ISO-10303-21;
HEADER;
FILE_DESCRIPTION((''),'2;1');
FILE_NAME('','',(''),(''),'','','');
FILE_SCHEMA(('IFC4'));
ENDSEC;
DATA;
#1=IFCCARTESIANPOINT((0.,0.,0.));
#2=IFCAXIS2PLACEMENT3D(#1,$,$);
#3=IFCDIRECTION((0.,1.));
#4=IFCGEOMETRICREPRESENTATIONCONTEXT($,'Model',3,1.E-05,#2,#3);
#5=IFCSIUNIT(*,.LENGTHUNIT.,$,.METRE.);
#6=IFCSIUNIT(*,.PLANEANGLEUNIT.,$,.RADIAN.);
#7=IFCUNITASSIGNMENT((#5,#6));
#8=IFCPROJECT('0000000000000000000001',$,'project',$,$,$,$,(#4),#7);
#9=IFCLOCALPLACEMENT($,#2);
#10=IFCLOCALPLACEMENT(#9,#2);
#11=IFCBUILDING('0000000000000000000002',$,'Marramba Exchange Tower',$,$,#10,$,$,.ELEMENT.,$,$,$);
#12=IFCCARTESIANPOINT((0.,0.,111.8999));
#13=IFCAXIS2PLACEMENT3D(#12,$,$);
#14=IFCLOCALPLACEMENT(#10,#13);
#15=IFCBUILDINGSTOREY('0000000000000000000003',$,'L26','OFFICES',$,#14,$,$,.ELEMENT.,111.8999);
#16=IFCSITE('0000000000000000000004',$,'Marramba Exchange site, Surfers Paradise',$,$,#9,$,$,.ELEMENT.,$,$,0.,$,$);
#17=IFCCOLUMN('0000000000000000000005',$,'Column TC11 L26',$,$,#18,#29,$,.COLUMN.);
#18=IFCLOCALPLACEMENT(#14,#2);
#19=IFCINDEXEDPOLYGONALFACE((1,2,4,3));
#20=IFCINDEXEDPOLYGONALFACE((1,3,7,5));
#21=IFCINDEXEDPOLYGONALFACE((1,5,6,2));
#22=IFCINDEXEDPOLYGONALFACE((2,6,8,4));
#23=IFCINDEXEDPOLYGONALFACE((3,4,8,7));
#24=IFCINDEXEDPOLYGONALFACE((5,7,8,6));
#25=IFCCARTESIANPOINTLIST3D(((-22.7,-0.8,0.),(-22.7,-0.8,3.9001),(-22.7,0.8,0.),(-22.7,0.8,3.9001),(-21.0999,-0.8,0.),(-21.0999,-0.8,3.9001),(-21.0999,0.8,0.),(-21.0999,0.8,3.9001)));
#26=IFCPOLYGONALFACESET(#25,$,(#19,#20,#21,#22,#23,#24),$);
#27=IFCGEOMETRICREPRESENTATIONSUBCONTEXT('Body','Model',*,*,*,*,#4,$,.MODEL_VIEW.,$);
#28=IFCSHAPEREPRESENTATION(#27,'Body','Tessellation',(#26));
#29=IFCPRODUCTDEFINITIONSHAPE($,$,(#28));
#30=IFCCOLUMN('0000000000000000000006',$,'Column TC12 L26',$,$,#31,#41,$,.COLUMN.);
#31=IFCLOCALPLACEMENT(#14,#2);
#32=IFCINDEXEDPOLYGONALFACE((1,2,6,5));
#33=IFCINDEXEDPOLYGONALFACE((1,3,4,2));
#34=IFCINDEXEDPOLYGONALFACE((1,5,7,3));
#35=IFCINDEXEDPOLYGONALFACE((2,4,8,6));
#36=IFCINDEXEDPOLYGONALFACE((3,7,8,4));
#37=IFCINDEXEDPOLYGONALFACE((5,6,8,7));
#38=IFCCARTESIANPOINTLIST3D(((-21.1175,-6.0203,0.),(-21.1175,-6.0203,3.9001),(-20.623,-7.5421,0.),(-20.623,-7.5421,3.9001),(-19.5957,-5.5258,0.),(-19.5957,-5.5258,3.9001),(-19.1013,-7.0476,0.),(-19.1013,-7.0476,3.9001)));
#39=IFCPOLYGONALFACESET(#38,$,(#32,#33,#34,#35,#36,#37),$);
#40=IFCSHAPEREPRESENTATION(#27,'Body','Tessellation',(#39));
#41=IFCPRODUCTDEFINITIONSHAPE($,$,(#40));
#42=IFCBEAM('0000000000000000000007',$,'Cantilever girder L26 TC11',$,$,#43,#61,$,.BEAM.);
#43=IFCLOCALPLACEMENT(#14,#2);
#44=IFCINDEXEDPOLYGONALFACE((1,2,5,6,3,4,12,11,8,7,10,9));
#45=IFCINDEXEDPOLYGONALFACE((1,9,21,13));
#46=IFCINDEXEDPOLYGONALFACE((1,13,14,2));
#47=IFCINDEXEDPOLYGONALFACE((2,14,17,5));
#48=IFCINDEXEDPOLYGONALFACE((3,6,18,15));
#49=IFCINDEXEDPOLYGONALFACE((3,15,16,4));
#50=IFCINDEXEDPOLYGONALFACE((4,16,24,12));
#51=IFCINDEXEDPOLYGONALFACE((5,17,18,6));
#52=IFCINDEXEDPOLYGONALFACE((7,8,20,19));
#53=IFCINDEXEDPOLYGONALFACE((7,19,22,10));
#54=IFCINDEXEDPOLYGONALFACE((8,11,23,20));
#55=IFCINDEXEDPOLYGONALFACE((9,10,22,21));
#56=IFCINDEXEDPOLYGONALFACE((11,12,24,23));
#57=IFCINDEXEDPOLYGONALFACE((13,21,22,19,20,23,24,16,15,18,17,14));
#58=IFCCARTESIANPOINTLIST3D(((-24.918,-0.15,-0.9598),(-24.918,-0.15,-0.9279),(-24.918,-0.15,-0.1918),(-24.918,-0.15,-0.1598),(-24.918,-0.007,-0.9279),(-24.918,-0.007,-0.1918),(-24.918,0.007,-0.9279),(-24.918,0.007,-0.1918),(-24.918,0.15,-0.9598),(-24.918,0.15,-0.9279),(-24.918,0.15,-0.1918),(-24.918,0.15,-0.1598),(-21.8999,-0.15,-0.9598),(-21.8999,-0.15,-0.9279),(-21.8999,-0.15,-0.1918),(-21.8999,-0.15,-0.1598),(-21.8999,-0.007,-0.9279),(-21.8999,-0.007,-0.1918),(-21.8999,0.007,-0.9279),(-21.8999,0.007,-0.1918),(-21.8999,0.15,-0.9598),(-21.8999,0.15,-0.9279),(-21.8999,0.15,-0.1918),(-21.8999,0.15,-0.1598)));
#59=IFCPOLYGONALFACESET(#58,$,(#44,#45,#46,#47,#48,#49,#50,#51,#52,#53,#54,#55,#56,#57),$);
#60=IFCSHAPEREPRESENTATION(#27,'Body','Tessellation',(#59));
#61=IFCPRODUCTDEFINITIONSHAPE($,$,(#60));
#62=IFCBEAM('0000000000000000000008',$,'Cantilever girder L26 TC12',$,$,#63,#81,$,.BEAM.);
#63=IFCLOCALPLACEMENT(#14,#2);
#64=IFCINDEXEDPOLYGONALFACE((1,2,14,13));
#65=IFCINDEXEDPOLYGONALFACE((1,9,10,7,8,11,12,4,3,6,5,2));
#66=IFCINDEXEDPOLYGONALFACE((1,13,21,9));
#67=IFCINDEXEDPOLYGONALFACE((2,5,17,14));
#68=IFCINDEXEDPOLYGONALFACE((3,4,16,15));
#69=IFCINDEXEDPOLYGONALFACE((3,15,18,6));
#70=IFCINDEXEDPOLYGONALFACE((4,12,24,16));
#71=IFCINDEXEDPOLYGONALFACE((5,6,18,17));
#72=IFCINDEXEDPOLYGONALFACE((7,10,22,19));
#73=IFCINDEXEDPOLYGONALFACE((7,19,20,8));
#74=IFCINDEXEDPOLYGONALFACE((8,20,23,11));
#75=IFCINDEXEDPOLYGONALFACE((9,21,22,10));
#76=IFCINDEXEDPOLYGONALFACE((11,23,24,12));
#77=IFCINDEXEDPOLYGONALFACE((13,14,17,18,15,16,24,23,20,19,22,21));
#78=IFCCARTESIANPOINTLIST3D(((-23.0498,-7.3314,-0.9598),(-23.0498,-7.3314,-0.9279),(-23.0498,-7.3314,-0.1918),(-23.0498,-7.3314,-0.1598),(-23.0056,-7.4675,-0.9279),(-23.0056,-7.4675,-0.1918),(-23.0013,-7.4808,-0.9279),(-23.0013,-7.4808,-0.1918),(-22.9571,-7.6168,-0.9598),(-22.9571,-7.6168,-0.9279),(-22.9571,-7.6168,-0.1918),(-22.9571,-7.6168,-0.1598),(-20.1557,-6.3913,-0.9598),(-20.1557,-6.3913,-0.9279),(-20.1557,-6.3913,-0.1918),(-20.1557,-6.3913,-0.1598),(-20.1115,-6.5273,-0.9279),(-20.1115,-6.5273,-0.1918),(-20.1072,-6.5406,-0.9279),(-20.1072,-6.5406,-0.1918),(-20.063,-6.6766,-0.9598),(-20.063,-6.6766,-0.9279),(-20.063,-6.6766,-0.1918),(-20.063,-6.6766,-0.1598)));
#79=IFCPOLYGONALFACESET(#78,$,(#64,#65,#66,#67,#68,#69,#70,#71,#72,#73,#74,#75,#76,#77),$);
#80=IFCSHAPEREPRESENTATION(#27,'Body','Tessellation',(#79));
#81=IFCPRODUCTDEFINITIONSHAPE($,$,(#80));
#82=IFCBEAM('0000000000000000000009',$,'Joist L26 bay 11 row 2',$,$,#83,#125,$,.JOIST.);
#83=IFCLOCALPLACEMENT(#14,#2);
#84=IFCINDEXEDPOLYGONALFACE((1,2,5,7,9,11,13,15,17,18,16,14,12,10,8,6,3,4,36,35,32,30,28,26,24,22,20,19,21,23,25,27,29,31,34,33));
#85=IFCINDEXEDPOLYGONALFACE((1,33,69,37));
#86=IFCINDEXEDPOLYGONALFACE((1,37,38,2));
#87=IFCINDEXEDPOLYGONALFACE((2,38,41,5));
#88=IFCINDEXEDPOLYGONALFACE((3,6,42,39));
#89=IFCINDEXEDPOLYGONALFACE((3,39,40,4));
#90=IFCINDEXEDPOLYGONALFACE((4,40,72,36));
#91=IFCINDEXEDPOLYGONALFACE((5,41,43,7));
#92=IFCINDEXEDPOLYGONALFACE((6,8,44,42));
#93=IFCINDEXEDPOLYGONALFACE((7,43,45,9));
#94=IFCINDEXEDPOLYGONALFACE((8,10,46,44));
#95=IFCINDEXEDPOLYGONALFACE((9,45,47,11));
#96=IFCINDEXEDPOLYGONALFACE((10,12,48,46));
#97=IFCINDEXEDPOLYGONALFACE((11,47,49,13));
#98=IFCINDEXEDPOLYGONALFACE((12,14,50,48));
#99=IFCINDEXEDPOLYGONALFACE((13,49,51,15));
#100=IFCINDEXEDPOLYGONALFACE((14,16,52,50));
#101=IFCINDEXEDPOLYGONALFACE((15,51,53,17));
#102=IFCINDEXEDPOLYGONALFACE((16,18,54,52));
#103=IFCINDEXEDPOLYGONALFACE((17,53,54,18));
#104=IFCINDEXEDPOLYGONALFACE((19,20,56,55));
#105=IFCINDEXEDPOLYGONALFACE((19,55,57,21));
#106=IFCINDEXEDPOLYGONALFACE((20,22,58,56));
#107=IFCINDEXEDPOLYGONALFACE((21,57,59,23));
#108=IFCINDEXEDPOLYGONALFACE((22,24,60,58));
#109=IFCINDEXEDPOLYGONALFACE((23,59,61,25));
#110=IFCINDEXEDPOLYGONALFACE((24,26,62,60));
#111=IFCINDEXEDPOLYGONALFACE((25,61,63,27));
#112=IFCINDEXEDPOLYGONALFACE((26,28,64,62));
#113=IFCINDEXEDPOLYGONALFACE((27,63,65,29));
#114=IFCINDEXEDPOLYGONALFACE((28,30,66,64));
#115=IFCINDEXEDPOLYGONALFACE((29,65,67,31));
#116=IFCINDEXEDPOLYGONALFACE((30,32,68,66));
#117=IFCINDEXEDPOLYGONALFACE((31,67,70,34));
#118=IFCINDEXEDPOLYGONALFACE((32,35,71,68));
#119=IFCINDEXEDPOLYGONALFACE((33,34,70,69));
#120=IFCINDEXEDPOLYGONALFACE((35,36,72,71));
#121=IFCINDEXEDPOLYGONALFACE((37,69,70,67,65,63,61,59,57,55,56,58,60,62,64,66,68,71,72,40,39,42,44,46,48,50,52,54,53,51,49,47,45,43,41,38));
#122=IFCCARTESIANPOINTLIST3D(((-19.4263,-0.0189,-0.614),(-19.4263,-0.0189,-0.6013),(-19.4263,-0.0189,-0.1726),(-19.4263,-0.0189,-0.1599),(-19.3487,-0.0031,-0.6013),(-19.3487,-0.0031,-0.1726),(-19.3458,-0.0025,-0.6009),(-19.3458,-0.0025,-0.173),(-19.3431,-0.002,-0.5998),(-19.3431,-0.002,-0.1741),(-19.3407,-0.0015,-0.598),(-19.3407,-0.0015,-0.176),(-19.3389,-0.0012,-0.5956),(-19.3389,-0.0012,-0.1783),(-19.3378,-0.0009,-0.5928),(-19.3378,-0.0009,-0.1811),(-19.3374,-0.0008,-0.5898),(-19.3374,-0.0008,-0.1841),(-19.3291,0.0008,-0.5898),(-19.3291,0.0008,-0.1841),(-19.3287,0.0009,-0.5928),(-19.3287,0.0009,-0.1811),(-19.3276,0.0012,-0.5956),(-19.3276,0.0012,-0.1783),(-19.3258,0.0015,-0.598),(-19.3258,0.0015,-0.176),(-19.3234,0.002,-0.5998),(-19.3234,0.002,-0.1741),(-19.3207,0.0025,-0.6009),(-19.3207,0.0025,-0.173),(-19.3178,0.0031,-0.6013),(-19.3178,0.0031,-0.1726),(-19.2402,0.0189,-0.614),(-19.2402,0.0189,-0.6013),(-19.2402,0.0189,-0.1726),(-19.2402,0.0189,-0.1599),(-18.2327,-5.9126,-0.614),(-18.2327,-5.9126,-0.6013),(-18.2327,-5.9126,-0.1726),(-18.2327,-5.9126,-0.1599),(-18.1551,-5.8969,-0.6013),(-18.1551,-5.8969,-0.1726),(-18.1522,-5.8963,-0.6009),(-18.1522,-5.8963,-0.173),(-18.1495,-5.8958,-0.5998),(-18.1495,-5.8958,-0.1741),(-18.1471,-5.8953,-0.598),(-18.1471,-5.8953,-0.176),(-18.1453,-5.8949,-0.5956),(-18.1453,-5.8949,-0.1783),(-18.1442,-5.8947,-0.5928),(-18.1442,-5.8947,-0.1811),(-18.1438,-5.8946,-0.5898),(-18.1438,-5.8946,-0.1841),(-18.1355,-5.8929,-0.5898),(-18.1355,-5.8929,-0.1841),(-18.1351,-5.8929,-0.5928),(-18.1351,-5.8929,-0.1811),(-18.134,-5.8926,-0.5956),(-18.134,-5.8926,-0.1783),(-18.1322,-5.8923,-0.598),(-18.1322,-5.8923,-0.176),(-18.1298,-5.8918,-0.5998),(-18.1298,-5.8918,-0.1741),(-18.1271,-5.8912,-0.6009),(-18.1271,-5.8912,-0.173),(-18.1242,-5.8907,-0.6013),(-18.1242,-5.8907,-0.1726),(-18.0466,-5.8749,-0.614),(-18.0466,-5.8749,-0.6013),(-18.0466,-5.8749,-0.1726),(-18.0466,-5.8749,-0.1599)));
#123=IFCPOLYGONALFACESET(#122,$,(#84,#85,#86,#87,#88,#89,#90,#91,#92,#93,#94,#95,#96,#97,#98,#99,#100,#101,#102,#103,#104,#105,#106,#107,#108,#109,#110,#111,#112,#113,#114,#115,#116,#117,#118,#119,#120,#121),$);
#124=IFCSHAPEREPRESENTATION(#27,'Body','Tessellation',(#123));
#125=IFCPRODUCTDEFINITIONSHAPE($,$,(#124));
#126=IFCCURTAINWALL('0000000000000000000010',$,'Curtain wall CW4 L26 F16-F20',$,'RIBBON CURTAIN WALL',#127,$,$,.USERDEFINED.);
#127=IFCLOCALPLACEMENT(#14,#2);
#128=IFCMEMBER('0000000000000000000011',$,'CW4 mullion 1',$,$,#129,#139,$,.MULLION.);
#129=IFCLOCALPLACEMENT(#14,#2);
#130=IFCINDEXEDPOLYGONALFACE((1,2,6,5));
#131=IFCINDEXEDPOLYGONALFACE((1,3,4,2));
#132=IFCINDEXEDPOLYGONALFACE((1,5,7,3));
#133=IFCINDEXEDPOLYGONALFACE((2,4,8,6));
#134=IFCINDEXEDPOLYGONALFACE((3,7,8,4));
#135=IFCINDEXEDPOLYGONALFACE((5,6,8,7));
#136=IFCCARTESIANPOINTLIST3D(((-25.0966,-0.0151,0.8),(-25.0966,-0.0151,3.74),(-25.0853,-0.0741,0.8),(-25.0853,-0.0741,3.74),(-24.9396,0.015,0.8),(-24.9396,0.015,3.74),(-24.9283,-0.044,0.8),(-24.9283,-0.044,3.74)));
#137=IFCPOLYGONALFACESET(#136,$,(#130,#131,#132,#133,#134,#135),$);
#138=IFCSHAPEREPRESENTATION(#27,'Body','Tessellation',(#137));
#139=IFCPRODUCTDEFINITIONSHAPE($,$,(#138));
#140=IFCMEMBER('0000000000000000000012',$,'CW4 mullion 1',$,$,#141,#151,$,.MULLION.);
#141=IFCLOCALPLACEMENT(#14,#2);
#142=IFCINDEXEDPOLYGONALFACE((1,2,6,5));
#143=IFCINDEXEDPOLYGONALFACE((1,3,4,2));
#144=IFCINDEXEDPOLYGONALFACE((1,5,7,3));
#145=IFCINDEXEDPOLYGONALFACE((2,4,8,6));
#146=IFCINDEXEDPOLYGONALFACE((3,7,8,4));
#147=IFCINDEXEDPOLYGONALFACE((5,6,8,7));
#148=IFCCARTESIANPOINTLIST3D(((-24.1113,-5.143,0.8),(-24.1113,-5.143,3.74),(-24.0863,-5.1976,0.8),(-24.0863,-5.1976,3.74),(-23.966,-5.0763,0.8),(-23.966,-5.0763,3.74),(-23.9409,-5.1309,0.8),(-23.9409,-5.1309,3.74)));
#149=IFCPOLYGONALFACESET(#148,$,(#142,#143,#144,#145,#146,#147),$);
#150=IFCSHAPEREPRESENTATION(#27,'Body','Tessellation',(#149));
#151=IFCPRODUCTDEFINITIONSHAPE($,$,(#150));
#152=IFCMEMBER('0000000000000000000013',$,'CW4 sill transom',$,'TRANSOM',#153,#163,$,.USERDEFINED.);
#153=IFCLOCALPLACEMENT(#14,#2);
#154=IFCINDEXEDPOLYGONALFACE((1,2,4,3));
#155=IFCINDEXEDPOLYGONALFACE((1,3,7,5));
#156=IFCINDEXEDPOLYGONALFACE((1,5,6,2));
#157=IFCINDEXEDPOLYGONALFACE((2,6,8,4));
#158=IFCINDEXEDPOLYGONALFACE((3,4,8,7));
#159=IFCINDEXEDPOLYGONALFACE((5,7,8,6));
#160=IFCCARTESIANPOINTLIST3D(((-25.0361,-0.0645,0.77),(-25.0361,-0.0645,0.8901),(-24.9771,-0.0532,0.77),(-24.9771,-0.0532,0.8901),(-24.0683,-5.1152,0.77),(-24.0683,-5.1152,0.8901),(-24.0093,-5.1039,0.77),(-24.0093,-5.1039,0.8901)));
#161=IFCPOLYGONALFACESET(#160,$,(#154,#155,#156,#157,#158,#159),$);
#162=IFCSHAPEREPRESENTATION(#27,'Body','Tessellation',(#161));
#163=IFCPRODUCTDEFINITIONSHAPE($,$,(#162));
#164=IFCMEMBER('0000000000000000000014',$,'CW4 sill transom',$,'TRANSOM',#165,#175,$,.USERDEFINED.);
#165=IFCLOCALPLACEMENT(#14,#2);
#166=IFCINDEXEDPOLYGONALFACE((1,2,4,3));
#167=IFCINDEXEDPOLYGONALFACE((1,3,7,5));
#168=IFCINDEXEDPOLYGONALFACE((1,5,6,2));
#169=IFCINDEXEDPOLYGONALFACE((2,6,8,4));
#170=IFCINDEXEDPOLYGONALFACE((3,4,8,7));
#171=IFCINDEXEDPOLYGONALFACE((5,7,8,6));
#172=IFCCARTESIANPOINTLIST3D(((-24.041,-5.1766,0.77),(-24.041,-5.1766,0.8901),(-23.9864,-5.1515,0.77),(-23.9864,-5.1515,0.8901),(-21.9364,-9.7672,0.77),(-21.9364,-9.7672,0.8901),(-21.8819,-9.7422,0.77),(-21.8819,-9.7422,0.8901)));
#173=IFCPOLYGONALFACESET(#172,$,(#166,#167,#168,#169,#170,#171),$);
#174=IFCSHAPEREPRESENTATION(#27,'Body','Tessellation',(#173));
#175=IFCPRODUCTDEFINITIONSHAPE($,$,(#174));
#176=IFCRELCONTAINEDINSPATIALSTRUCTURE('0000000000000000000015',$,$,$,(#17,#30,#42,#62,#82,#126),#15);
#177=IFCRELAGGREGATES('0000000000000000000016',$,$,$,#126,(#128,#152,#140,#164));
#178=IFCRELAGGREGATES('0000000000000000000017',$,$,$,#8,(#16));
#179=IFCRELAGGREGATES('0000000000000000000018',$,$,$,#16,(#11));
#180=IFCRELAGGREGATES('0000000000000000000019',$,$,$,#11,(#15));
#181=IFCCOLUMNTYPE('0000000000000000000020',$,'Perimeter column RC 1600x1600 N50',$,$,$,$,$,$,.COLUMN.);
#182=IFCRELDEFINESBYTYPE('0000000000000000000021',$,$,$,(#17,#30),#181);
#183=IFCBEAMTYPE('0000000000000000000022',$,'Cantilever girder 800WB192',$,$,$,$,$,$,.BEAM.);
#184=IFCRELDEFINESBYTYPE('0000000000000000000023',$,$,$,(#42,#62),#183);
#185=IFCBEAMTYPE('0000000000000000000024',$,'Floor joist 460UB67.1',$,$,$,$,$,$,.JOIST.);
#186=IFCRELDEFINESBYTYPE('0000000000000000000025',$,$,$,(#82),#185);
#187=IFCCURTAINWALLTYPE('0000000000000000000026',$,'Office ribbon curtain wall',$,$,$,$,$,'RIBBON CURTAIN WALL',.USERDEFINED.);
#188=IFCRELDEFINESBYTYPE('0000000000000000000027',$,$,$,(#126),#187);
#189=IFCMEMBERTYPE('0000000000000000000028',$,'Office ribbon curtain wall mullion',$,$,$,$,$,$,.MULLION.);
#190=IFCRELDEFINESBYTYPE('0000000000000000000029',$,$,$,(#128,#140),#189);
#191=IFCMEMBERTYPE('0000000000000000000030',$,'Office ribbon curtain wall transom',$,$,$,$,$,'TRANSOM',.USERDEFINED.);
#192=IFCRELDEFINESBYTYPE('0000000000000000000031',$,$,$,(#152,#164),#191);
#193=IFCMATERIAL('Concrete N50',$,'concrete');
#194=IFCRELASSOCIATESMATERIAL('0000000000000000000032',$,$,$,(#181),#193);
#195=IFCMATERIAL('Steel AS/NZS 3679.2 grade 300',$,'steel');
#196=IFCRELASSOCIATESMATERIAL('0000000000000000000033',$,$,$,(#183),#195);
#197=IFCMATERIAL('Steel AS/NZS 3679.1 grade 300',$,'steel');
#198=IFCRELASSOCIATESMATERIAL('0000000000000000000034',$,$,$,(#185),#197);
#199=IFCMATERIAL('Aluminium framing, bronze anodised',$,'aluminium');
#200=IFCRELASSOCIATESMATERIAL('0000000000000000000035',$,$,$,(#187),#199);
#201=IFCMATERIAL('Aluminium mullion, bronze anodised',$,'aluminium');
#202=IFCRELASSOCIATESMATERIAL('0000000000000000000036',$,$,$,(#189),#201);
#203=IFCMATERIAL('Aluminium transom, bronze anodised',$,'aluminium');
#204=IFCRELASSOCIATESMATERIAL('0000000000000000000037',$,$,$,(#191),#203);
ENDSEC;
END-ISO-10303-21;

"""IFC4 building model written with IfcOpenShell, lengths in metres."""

from ifc_helpers import new_model, si_unit, direction, frame, origin, origin_2d, place, context, subcontext, project, spatial, rectangle, i_section, extrude, material, material_profile, profile_set, type_object, element, aggregate, save


model = new_model("IFC4")

# Units and contexts
model_context = context("Model", 3, precision=1e-05, world=origin(), true_north=direction((0.0, 1.0)))
body_context = subcontext(model_context, "Body", "Model", "MODEL_VIEW")
ifc_project = project(units=[si_unit("LENGTHUNIT", "METRE"), si_unit("PLANEANGLEUNIT", "RADIAN")], contexts=[model_context])

# Site, building, storey
site_placement = place(None, origin())
site = spatial("IfcSite", under=ifc_project, at=site_placement, Name="Marramba Exchange site, Surfers Paradise", CompositionType="ELEMENT", RefElevation=0.0)
building_placement = place(site_placement, origin())
building = spatial("IfcBuilding", under=site, at=building_placement, Name="Marramba Exchange Tower", CompositionType="ELEMENT")
storey_placement = place(building_placement, frame((0.0, 0.0, 111.8999)))
storey = spatial("IfcBuildingStorey", under=building, at=storey_placement, Name="L26", Description="OFFICES", CompositionType="ELEMENT", Elevation=111.8999)

# Columns
ifc_material_1 = material(Name="Concrete N50", Category="concrete")
ifc_material_profile_1 = material_profile(ifc_material_1, rectangle(XDim=1.6001, YDim=1.6001, at=origin_2d()), Name="RC 1600x1600")
ifc_profile_set_1 = profile_set([ifc_material_profile_1], Name="Concrete N50")
column_type = type_object("IfcColumnType", Name="Perimeter column RC 1600x1600 N50", PredefinedType="COLUMN", material=ifc_profile_set_1)
for number, where, z_axis, x_axis, name in (
    (1, (-21.8999, 0.0, 0.0), (0.0, 0.0, 1.0), (-1.0, 0.0, 0.0), "Column TC11 L26"),
    (2, (-20.1094, -6.5339, 0.0), (0.0, 0.0, 1.0), (-0.951057, -0.309017, 0.0), "Column TC12 L26"),
):
    element("IfcColumn", number, at=place(storey_placement, frame(where, z_axis=z_axis, x_axis=x_axis)), inside=storey, type_object=column_type, Name=name, PredefinedType="COLUMN", context=body_context, shape_type="SweptSolid", body=[
        extrude(rectangle(XDim=1.6001, YDim=1.6001, at=origin_2d()), origin(), (0.0, 0.0, 1.0), 3.9001),
    ])

# Beams
ifc_material_2 = material(Name="Steel AS/NZS 3679.2 grade 300", Category="steel")
ifc_material_profile_2 = material_profile(ifc_material_2, i_section(OverallWidth=0.3, OverallDepth=0.8, WebThickness=0.0139, FlangeThickness=0.032, at=origin_2d()), Name="800WB192")
ifc_profile_set_2 = profile_set([ifc_material_profile_2], Name="Steel AS/NZS 3679.2 grade 300")
beam_type_1 = type_object("IfcBeamType", Name="Cantilever girder 800WB192", PredefinedType="BEAM", material=ifc_profile_set_2)
beam_1_placement = place(storey_placement, frame((-21.8999, 0.0, -0.5598), z_axis=(-1.0, 0.0, 0.0), x_axis=(0.0, -1.0, 0.0)))
element("IfcBeam", 3, at=beam_1_placement, inside=storey, type_object=beam_type_1, Name="Cantilever girder L26 TC11", PredefinedType="BEAM", context=body_context, shape_type="SweptSolid", body=[
    extrude(i_section(OverallWidth=0.3, OverallDepth=0.8, WebThickness=0.0139, FlangeThickness=0.032, at=origin_2d()), origin(), (0.0, 0.0, 1.0), 3.0181),
])
beam_2_placement = place(storey_placement, frame((-20.1094, -6.5339, -0.5598), z_axis=(-0.951071, -0.308974, 0.0), x_axis=(0.308974, -0.951071, 0.0)))
element("IfcBeam", 4, at=beam_2_placement, inside=storey, type_object=beam_type_1, Name="Cantilever girder L26 TC12", PredefinedType="BEAM", context=body_context, shape_type="SweptSolid", body=[
    extrude(i_section(OverallWidth=0.3, OverallDepth=0.8, WebThickness=0.0139, FlangeThickness=0.032, at=origin_2d()), origin(), (0.0, 0.0, 1.0), 3.043),
])
ifc_material_3 = material(Name="Steel AS/NZS 3679.1 grade 300", Category="steel")
ifc_material_profile_3 = material_profile(ifc_material_3, i_section(OverallWidth=0.1899, OverallDepth=0.4541, WebThickness=0.0085, FlangeThickness=0.0127, FilletRadius=0.0115, at=origin_2d()), Name="460UB67.1")
ifc_profile_set_3 = profile_set([ifc_material_profile_3], Name="Steel AS/NZS 3679.1 grade 300")
beam_type_2 = type_object("IfcBeamType", Name="Floor joist 460UB67.1", PredefinedType="JOIST", material=ifc_profile_set_3)
beam_3_placement = place(storey_placement, frame((-19.3333, 0.0, -0.387), z_axis=(0.198489, -0.980103, 0.0), x_axis=(0.980103, 0.198489, 0.0)))
element("IfcBeam", 5, at=beam_3_placement, inside=storey, type_object=beam_type_2, Name="Joist L26 bay 11 row 2", PredefinedType="JOIST", context=body_context, shape_type="SweptSolid", body=[
    extrude(i_section(OverallWidth=0.1899, OverallDepth=0.4541, WebThickness=0.0085, FlangeThickness=0.0127, FilletRadius=0.0115, at=origin_2d()), origin(), (0.0, 0.0, 1.0), 6.0134),
])

# Curtain wall, members
ifc_material_4 = material(Name="Aluminium framing, bronze anodised", Category="aluminium")
curtain_wall_type = type_object("IfcCurtainWallType", Name="Office ribbon curtain wall", ElementType="RIBBON CURTAIN WALL", PredefinedType="USERDEFINED", material=ifc_material_4)
curtain_wall_placement = place(storey_placement, origin())
curtain_wall = element("IfcCurtainWall", 6, at=curtain_wall_placement, inside=storey, type_object=curtain_wall_type, Name="Curtain wall CW4 L26 F16-F20", ObjectType="RIBBON CURTAIN WALL", PredefinedType="USERDEFINED")
ifc_material_5 = material(Name="Aluminium mullion, bronze anodised", Category="aluminium")
ifc_material_profile_4 = material_profile(ifc_material_5, rectangle(XDim=0.1599, YDim=0.0601, at=origin_2d()), Name="CW4 mullion 60x160")
ifc_profile_set_4 = profile_set([ifc_material_profile_4], Name="Aluminium mullion, bronze anodised")
member_type_1 = type_object("IfcMemberType", Name="Office ribbon curtain wall mullion", PredefinedType="MULLION", material=ifc_profile_set_4)
member_1_placement = place(storey_placement, frame((-25.0125, -0.0295, 0.8), z_axis=(0.0, 0.0, 1.0), x_axis=(0.982126, 0.188227, 0.0)))
member_1 = element("IfcMember", 7, at=member_1_placement, type_object=member_type_1, Name="CW4 mullion 1", PredefinedType="MULLION", context=body_context, shape_type="SweptSolid", body=[
    extrude(rectangle(XDim=0.1599, YDim=0.0601, at=origin_2d()), origin(), (0.0, 0.0, 1.0), 2.9399),
])
member_2_placement = place(storey_placement, frame((-24.0261, -5.137, 0.8), z_axis=(0.0, 0.0, 1.0), x_axis=(0.909027, 0.416738, 0.0)))
member_2 = element("IfcMember", 8, at=member_2_placement, type_object=member_type_1, Name="CW4 mullion 1", PredefinedType="MULLION", context=body_context, shape_type="SweptSolid", body=[
    extrude(rectangle(XDim=0.1599, YDim=0.0601, at=origin_2d()), origin(), (0.0, 0.0, 1.0), 2.9399),
])
ifc_material_6 = material(Name="Aluminium transom, bronze anodised", Category="aluminium")
ifc_material_profile_5 = material_profile(ifc_material_6, rectangle(XDim=0.0601, YDim=0.1201, at=origin_2d()), Name="CW4 transom 60x120")
ifc_profile_set_5 = profile_set([ifc_material_profile_5], Name="Aluminium transom, bronze anodised")
member_type_2 = type_object("IfcMemberType", Name="Office ribbon curtain wall transom", ElementType="TRANSOM", PredefinedType="USERDEFINED", material=ifc_profile_set_5)
member_3_placement = place(storey_placement, frame((-25.0066, -0.0588, 0.8301), z_axis=(0.188185, -0.982134, 0.0), x_axis=(0.982134, 0.188185, 0.0)))
member_3 = element("IfcMember", 9, at=member_3_placement, type_object=member_type_2, Name="CW4 sill transom", ObjectType="TRANSOM", PredefinedType="USERDEFINED", context=body_context, shape_type="SweptSolid", body=[
    extrude(rectangle(XDim=0.0601, YDim=0.1201, at=origin_2d()), origin(), (0.0, 0.0, 1.0), 5.1426),
])
member_4_placement = place(storey_placement, frame((-24.0137, -5.1641, 0.8301), z_axis=(0.416733, -0.909029, 0.0), x_axis=(0.909029, 0.416733, 0.0)))
member_4 = element("IfcMember", 10, at=member_4_placement, type_object=member_type_2, Name="CW4 sill transom", ObjectType="TRANSOM", PredefinedType="USERDEFINED", context=body_context, shape_type="SweptSolid", body=[
    extrude(rectangle(XDim=0.0601, YDim=0.1201, at=origin_2d()), origin(), (0.0, 0.0, 1.0), 5.05),
])

aggregate(curtain_wall, [member_1, member_3, member_2, member_4])

save(model, "model.ifc")
